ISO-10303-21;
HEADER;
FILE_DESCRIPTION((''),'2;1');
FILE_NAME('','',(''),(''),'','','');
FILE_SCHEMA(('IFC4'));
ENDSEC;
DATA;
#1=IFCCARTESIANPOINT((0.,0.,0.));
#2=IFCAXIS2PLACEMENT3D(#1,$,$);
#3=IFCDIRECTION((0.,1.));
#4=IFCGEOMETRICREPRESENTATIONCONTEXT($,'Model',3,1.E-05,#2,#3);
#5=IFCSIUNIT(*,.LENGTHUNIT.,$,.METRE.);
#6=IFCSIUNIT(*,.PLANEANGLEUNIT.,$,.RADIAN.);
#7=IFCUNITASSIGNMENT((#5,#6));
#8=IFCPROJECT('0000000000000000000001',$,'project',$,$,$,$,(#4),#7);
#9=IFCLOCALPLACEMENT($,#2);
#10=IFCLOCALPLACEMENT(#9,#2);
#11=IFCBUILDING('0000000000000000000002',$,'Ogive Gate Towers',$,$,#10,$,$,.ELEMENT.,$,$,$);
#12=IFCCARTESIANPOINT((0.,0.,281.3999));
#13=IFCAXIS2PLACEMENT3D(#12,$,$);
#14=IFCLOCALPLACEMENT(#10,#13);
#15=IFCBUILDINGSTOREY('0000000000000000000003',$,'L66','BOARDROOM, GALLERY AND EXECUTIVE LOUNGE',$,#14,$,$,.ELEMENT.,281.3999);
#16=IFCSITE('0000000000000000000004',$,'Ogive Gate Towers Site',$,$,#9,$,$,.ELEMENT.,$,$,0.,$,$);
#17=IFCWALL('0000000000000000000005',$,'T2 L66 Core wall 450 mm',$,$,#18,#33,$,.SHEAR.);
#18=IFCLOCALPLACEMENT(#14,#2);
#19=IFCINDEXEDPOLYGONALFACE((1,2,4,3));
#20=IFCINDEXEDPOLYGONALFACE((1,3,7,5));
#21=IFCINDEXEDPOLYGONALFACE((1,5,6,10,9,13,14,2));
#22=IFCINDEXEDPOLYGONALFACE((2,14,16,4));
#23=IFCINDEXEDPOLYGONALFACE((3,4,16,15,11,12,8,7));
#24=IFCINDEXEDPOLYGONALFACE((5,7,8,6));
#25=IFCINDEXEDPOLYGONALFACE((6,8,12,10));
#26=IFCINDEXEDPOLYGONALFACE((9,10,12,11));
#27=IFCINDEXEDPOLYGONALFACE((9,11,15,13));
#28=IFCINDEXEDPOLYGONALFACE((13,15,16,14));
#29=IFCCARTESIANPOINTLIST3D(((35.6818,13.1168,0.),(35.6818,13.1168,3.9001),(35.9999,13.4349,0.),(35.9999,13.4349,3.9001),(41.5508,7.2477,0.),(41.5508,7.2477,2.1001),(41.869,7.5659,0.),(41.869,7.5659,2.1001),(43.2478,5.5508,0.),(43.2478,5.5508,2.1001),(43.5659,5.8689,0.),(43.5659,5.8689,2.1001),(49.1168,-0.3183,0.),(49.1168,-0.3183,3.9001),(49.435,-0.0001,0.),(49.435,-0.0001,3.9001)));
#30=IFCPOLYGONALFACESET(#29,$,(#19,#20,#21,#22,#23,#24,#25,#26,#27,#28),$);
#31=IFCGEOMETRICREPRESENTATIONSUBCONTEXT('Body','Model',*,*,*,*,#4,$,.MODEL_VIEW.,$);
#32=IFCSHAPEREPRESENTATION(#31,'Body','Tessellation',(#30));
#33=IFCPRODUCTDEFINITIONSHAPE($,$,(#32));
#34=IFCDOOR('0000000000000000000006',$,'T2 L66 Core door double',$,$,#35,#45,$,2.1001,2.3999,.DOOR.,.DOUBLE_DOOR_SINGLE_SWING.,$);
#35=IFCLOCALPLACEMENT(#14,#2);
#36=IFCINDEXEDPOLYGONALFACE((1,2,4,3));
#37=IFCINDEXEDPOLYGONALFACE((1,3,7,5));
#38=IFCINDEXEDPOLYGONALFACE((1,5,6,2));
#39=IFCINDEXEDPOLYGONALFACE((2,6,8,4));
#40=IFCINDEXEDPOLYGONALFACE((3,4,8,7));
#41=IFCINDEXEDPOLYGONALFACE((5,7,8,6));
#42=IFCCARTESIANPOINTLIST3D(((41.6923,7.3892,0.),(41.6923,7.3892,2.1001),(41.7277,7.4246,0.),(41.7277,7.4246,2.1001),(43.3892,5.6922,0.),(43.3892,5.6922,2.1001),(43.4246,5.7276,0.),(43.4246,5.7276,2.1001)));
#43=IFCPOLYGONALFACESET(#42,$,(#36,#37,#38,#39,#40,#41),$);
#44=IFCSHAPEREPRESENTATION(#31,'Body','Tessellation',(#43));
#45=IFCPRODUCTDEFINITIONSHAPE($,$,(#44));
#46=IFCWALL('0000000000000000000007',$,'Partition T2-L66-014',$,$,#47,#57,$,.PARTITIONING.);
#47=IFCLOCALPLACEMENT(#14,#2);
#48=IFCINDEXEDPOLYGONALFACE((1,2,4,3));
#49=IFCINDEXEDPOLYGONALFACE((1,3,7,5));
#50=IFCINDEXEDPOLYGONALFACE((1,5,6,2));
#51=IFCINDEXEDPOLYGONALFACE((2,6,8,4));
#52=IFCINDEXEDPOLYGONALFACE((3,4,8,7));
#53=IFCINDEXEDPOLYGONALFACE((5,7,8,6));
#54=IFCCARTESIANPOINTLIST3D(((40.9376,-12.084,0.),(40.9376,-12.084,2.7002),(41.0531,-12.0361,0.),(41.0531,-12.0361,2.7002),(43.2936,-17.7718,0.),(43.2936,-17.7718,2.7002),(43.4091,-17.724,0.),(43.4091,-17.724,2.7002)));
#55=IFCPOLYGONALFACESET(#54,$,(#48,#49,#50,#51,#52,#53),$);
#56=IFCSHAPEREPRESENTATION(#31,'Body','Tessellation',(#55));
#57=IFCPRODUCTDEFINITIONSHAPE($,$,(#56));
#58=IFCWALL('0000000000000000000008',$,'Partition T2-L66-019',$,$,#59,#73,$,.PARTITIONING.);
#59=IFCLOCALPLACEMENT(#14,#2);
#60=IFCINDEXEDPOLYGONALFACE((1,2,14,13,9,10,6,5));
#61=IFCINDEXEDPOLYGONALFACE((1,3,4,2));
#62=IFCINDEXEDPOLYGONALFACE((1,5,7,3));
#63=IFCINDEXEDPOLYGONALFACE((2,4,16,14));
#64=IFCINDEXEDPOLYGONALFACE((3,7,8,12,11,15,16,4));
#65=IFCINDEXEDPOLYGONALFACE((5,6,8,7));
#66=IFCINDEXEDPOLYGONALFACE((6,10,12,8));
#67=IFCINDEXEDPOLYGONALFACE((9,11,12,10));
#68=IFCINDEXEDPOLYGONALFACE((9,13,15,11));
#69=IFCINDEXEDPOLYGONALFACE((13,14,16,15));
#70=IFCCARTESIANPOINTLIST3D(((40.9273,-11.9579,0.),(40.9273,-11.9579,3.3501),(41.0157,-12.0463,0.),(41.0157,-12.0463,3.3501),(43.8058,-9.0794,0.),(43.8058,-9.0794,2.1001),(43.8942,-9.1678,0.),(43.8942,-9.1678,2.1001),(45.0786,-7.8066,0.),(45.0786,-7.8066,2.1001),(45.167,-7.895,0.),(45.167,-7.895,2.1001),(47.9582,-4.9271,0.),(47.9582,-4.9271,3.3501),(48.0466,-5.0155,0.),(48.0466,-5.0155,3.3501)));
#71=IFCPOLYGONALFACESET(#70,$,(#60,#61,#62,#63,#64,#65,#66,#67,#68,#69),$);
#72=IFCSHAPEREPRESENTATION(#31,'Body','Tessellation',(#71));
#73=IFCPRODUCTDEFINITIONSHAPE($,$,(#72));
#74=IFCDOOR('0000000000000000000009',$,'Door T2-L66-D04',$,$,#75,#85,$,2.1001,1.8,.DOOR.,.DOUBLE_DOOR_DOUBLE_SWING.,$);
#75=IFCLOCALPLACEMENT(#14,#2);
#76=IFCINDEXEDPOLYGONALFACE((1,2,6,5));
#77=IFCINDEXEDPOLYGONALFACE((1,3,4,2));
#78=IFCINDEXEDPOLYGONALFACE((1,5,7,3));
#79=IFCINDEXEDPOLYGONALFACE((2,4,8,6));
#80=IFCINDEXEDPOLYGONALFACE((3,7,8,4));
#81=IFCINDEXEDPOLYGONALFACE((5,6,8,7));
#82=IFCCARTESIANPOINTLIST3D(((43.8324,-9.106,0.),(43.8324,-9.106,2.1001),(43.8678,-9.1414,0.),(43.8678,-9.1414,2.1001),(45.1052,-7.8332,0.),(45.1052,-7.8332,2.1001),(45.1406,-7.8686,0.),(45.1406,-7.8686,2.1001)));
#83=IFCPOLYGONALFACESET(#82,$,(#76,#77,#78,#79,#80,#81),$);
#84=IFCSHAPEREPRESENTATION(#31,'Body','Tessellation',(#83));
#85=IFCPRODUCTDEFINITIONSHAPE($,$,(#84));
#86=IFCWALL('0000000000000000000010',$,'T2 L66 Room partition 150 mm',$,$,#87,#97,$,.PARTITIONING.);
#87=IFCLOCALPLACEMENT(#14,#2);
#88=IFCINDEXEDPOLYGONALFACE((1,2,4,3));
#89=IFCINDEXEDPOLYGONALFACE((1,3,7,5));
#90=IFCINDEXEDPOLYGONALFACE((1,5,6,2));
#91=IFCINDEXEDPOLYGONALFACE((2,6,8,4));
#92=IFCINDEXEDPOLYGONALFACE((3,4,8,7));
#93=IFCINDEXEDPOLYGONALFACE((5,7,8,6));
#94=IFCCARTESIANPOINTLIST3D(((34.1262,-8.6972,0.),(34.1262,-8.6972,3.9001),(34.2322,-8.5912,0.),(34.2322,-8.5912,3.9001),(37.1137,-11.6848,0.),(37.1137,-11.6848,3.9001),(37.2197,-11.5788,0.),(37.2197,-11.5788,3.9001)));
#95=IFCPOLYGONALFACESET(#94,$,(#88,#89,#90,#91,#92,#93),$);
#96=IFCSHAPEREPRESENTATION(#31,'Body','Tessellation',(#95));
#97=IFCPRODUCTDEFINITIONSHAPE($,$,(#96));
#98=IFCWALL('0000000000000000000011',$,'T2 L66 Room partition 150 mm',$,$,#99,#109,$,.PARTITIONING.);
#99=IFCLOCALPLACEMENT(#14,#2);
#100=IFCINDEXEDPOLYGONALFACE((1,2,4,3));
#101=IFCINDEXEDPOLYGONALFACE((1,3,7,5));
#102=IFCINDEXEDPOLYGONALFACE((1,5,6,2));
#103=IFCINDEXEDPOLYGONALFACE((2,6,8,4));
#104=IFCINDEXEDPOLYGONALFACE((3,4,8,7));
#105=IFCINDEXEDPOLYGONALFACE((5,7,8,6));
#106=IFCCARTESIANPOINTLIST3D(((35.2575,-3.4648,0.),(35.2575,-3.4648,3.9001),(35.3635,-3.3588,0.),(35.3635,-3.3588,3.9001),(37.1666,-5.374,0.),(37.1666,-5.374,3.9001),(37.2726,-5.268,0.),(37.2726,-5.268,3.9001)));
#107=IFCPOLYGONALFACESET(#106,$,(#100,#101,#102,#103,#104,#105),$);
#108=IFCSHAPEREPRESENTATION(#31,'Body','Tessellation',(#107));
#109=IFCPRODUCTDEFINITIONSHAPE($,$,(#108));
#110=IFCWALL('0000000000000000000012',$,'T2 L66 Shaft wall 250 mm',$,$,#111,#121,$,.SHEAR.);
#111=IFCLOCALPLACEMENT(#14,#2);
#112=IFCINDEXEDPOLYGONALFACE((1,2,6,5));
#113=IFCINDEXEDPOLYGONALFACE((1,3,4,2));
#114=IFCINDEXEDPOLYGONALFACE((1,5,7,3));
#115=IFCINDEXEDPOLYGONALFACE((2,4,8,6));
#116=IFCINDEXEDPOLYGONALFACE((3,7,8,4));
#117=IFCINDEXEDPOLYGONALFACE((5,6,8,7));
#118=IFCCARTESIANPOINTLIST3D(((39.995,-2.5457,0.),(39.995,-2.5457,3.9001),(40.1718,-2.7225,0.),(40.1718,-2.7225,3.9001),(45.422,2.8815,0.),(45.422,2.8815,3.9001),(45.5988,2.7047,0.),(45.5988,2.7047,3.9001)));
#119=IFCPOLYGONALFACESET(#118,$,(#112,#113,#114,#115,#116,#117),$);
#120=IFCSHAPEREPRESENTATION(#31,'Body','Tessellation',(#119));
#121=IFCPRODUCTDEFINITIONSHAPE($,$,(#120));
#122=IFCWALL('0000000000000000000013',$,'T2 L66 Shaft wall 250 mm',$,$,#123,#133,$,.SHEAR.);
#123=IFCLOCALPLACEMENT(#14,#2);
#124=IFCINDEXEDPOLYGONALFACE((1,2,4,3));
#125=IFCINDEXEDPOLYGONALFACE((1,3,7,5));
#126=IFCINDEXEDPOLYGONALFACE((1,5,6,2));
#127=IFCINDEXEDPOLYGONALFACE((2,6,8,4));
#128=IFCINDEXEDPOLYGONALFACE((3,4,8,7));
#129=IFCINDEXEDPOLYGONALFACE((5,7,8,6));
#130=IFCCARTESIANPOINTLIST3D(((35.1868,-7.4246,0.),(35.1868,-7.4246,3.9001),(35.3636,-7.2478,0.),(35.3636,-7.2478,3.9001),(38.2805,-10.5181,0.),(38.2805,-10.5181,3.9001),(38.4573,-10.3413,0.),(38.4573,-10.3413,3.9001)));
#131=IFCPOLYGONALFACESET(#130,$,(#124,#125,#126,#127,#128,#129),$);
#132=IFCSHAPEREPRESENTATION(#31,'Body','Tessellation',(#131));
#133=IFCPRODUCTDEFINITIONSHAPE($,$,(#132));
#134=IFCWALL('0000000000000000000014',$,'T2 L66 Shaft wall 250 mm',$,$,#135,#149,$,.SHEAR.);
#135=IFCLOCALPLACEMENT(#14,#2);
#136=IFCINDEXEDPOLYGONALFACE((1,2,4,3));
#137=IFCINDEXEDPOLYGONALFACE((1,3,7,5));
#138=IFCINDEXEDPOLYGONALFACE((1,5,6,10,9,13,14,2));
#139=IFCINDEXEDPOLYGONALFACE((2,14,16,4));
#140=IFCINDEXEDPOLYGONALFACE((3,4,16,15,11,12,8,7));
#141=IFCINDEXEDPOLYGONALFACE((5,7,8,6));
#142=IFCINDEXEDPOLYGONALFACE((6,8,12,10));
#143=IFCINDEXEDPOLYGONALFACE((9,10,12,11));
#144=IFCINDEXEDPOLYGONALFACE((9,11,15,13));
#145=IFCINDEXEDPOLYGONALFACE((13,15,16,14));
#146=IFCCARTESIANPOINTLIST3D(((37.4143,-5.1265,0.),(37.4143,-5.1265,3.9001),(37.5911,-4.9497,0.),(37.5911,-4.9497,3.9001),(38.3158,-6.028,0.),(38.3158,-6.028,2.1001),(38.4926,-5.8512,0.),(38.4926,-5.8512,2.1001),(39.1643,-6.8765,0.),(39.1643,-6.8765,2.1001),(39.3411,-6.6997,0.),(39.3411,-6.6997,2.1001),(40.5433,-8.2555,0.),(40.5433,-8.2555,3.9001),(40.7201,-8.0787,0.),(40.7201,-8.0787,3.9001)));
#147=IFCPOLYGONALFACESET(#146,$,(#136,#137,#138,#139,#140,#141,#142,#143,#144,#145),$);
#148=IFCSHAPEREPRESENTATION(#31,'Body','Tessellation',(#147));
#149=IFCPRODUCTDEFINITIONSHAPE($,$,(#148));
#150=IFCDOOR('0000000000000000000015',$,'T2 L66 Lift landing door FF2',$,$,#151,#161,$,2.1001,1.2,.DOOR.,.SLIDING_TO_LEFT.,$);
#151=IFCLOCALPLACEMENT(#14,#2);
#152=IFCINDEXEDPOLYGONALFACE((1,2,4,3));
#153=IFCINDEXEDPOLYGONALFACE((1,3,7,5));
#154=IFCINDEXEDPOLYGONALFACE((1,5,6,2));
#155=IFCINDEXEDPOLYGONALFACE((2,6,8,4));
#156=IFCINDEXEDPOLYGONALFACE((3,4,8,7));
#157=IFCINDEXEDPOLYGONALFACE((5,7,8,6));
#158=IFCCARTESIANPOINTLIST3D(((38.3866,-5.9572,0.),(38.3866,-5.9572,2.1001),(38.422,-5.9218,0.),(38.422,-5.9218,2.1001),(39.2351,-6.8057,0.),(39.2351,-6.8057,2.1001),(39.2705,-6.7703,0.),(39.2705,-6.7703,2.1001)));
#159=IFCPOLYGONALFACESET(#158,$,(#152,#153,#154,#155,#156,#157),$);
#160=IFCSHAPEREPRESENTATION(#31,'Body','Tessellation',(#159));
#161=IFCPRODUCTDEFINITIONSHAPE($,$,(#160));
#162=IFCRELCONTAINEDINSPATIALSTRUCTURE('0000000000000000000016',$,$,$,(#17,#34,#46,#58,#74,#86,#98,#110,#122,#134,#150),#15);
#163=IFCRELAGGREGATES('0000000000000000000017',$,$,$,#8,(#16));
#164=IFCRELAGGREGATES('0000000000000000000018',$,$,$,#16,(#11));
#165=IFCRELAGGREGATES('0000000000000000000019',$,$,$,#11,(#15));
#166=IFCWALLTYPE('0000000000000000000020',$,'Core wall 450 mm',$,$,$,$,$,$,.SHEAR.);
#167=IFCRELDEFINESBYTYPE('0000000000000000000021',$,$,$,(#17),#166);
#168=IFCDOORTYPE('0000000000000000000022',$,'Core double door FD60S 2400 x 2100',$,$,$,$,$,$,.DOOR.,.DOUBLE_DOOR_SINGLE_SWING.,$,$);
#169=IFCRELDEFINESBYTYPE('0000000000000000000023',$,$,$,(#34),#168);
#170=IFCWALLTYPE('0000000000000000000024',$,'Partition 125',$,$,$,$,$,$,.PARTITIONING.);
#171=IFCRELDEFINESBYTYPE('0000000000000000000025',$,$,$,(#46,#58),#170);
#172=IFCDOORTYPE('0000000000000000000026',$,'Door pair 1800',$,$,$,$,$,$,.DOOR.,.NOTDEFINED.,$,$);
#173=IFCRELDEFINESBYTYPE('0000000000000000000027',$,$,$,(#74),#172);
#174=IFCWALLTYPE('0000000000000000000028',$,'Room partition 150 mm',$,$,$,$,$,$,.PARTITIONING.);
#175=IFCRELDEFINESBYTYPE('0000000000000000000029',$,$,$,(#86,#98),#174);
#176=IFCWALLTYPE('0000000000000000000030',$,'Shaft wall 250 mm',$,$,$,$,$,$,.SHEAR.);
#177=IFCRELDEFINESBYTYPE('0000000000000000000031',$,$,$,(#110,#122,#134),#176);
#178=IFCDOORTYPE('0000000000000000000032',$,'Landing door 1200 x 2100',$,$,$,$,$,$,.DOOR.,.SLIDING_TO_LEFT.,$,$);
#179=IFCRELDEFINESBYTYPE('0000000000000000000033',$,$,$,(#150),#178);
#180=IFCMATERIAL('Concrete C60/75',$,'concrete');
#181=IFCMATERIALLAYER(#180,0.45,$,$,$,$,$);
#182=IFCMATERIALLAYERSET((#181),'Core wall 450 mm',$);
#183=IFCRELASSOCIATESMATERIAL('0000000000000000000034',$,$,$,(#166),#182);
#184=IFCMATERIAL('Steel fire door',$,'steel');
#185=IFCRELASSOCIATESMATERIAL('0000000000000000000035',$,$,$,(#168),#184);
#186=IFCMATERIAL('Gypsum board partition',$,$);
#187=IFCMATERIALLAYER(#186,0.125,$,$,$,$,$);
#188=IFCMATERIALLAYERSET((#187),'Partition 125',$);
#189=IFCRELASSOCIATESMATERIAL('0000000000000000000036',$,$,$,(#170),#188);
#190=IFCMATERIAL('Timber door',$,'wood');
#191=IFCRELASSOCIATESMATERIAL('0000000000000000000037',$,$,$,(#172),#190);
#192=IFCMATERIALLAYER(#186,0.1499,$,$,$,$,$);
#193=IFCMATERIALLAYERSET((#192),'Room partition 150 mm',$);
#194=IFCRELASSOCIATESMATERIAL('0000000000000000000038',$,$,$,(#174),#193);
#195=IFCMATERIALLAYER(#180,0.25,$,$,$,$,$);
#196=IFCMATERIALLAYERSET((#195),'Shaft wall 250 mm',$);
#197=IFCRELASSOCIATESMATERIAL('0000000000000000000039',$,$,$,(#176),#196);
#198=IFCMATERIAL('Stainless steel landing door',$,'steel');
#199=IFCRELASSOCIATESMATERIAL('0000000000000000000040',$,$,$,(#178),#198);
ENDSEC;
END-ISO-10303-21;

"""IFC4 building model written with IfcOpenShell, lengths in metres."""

from ifc_helpers import new_model, si_unit, direction, frame, frame_2d, origin, place, context, subcontext, project, spatial, rectangle, extrude, material, layer, layer_set, type_object, element, fill, save


model = new_model("IFC4")

# Units and contexts
model_context = context("Model", 3, precision=1e-05, world=origin(), true_north=direction((0.0, 1.0)))
body_context = subcontext(model_context, "Body", "Model", "MODEL_VIEW")
ifc_project = project(units=[si_unit("LENGTHUNIT", "METRE"), si_unit("PLANEANGLEUNIT", "RADIAN")], contexts=[model_context])

# Site, building, storey
site_placement = place(None, origin())
site = spatial("IfcSite", under=ifc_project, at=site_placement, Name="Ogive Gate Towers Site", CompositionType="ELEMENT", RefElevation=0.0)
building_placement = place(site_placement, origin())
building = spatial("IfcBuilding", under=site, at=building_placement, Name="Ogive Gate Towers", CompositionType="ELEMENT")
storey_placement = place(building_placement, frame((0.0, 0.0, 281.3999)))
storey = spatial("IfcBuildingStorey", under=building, at=storey_placement, Name="L66", Description="BOARDROOM, GALLERY AND EXECUTIVE LOUNGE", CompositionType="ELEMENT", Elevation=281.3999)

# Shared definitions
ifc_material_1 = material(Name="Timber door", Category="wood")

# Wall, opening, door
ifc_material_2 = material(Name="Concrete C60/75", Category="concrete")
ifc_layer_1 = layer(ifc_material_2, 0.45)
ifc_layer_set_1 = layer_set([ifc_layer_1], Name="Core wall 450 mm")
wall_type_1 = type_object("IfcWallType", Name="Core wall 450 mm", PredefinedType="SHEAR", material=ifc_layer_set_1)
wall_1_placement = place(storey_placement, frame((49.2759, -0.1592, 0.0), z_axis=(0.0, 0.0, 1.0), x_axis=(-0.707107, 0.707107, 0.0)))
wall_1 = element("IfcWall", 1, at=wall_1_placement, inside=storey, type_object=wall_type_1, Name="T2 L66 Core wall 450 mm", PredefinedType="SHEAR", context=body_context, shape_type="SweptSolid", body=[
    extrude(rectangle(XDim=19.0, YDim=0.45, at=frame_2d((9.5, 0.0))), origin(), (0.0, 0.0, 1.0), 3.9001),
])
opening_1_placement = place(wall_1_placement, frame((8.3, 0.0, 0.0)))
opening_1 = element("IfcOpeningElement", 2, at=opening_1_placement, cuts=wall_1, PredefinedType="OPENING", context=body_context, shape_type="SweptSolid", body=[
    extrude(rectangle(XDim=2.3999, YDim=2.1001, at=frame_2d((1.2, 1.05))), frame((0.0, 0.2349, 0.0), z_axis=(0.0, -1.0, 0.0), x_axis=(1.0, 0.0, 0.0)), (0.0, 0.0, 1.0), 0.47),
])
ifc_material_3 = material(Name="Steel fire door", Category="steel")
door_type_1 = type_object("IfcDoorType", Name="Core double door FD60S 2400 x 2100", OperationType="DOUBLE_DOOR_SINGLE_SWING", PredefinedType="DOOR", material=ifc_material_3)
door_1_placement = place(opening_1_placement, origin())
door_1 = element("IfcDoor", 3, at=door_1_placement, inside=storey, type_object=door_type_1, Name="T2 L66 Core door double", OperationType="DOUBLE_DOOR_SINGLE_SWING", OverallHeight=2.1001, OverallWidth=2.3999, PredefinedType="DOOR", context=body_context, shape_type="SweptSolid", body=[
    extrude(rectangle(XDim=2.3999, YDim=2.1001, at=frame_2d((1.2, 1.05))), frame((0.0, 0.0249, 0.0), z_axis=(0.0, -1.0, 0.0), x_axis=(1.0, 0.0, 0.0)), (0.0, 0.0, 1.0), 0.05),
])
fill(opening_1, door_1)

# Wall
ifc_material_4 = material(Name="Gypsum board partition")
ifc_layer_2 = layer(ifc_material_4, 0.125)
ifc_layer_set_2 = layer_set([ifc_layer_2], Name="Partition 125")
wall_type_2 = type_object("IfcWallType", Name="Partition 125", PredefinedType="PARTITIONING", material=ifc_layer_set_2)
wall_2_placement = place(storey_placement, frame((43.3513, -17.7478, 0.0), z_axis=(0.0, 0.0, 1.0), x_axis=(-0.382686, 0.923879, 0.0)))
element("IfcWall", 4, at=wall_2_placement, inside=storey, type_object=wall_type_2, Name="Partition T2-L66-014", PredefinedType="PARTITIONING", context=body_context, shape_type="SweptSolid", body=[
    extrude(rectangle(XDim=6.1565, YDim=0.125, at=frame_2d((3.0781, 0.0))), origin(), (0.0, 0.0, 1.0), 2.7002),
])

# Wall, opening, door
wall_3_placement = place(storey_placement, frame((40.9714, -12.0022, 0.0), z_axis=(0.0, 0.0, 1.0), x_axis=(0.707107, 0.707107, 0.0)))
wall_3 = element("IfcWall", 5, at=wall_3_placement, inside=storey, type_object=wall_type_2, Name="Partition T2-L66-019", PredefinedType="PARTITIONING", context=body_context, shape_type="SweptSolid", body=[
    extrude(rectangle(XDim=9.9431, YDim=0.125, at=frame_2d((4.9717, 0.0))), origin(), (0.0, 0.0, 1.0), 3.3501),
])
opening_2_placement = place(wall_3_placement, frame((4.071, 0.0, 0.0)))
opening_2 = element("IfcOpeningElement", 6, at=opening_2_placement, cuts=wall_3, PredefinedType="OPENING", context=body_context, shape_type="SweptSolid", body=[
    extrude(rectangle(XDim=1.8, YDim=2.1001, at=frame_2d((0.8999, 1.05))), frame((0.0, 0.0725, 0.0), z_axis=(0.0, -1.0, 0.0), x_axis=(1.0, 0.0, 0.0)), (0.0, 0.0, 1.0), 0.145),
])
door_type_2 = type_object("IfcDoorType", Name="Door pair 1800", OperationType="NOTDEFINED", PredefinedType="DOOR", material=ifc_material_1)
door_2_placement = place(opening_2_placement, origin())
door_2 = element("IfcDoor", 7, at=door_2_placement, inside=storey, type_object=door_type_2, Name="Door T2-L66-D04", OperationType="DOUBLE_DOOR_DOUBLE_SWING", OverallHeight=2.1001, OverallWidth=1.8, PredefinedType="DOOR", context=body_context, shape_type="SweptSolid", body=[
    extrude(rectangle(XDim=1.8, YDim=2.1001, at=frame_2d((0.8999, 1.05))), frame((0.0, 0.0249, 0.0), z_axis=(0.0, -1.0, 0.0), x_axis=(1.0, 0.0, 0.0)), (0.0, 0.0, 1.0), 0.05),
])
fill(opening_2, door_2)

# Walls
ifc_layer_3 = layer(ifc_material_4, 0.1499)
ifc_layer_set_3 = layer_set([ifc_layer_3], Name="Room partition 150 mm")
wall_type_3 = type_object("IfcWallType", Name="Room partition 150 mm", PredefinedType="PARTITIONING", material=ifc_layer_set_3)
wall_4_placement = place(storey_placement, frame((37.1667, -11.6318, 0.0), z_axis=(0.0, 0.0, 1.0), x_axis=(-0.707107, 0.707107, 0.0)))
element("IfcWall", 8, at=wall_4_placement, inside=storey, type_object=wall_type_3, Name="T2 L66 Room partition 150 mm", PredefinedType="PARTITIONING", context=body_context, shape_type="SweptSolid", body=[
    extrude(rectangle(XDim=4.2251, YDim=0.1499, at=frame_2d((2.1125, 0.0))), origin(), (0.0, 0.0, 1.0), 3.9001),
])
wall_5_placement = place(storey_placement, frame((37.2197, -5.321, 0.0), z_axis=(0.0, 0.0, 1.0), x_axis=(-0.707107, 0.707107, 0.0)))
element("IfcWall", 9, at=wall_5_placement, inside=storey, type_object=wall_type_3, Name="T2 L66 Room partition 150 mm", PredefinedType="PARTITIONING", context=body_context, shape_type="SweptSolid", body=[
    extrude(rectangle(XDim=2.7, YDim=0.1499, at=frame_2d((1.3501, 0.0))), origin(), (0.0, 0.0, 1.0), 3.9001),
])
ifc_layer_4 = layer(ifc_material_2, 0.25)
ifc_layer_set_4 = layer_set([ifc_layer_4], Name="Shaft wall 250 mm")
wall_type_4 = type_object("IfcWallType", Name="Shaft wall 250 mm", PredefinedType="SHEAR", material=ifc_layer_set_4)
wall_6_placement = place(storey_placement, frame((40.0835, -2.634, 0.0), z_axis=(0.0, 0.0, 1.0), x_axis=(0.707091, 0.707123, 0.0)))
element("IfcWall", 10, at=wall_6_placement, inside=storey, type_object=wall_type_4, Name="T2 L66 Shaft wall 250 mm", PredefinedType="SHEAR", context=body_context, shape_type="SweptSolid", body=[
    extrude(rectangle(XDim=7.675, YDim=0.25, at=frame_2d((3.8374, 0.0))), origin(), (0.0, 0.0, 1.0), 3.9001),
])
wall_7_placement = place(storey_placement, frame((38.3689, -10.4297, 0.0), z_axis=(0.0, 0.0, 1.0), x_axis=(-0.707135, 0.707079, 0.0)))
element("IfcWall", 11, at=wall_7_placement, inside=storey, type_object=wall_type_4, Name="T2 L66 Shaft wall 250 mm", PredefinedType="SHEAR", context=body_context, shape_type="SweptSolid", body=[
    extrude(rectangle(XDim=4.375, YDim=0.25, at=frame_2d((2.1875, 0.0))), origin(), (0.0, 0.0, 1.0), 3.9001),
])

# Wall, opening, door
wall_8_placement = place(storey_placement, frame((40.6316, -8.167, 0.0), z_axis=(0.0, 0.0, 1.0), x_axis=(-0.707107, 0.707107, 0.0)))
wall_8 = element("IfcWall", 12, at=wall_8_placement, inside=storey, type_object=wall_type_4, Name="T2 L66 Shaft wall 250 mm", PredefinedType="SHEAR", context=body_context, shape_type="SweptSolid", body=[
    extrude(rectangle(XDim=4.425, YDim=0.25, at=frame_2d((2.2124, 0.0))), origin(), (0.0, 0.0, 1.0), 3.9001),
])
opening_3_placement = place(wall_8_placement, frame((1.95, 0.0, 0.0)))
opening_3 = element("IfcOpeningElement", 13, at=opening_3_placement, cuts=wall_8, PredefinedType="OPENING", context=body_context, shape_type="SweptSolid", body=[
    extrude(rectangle(XDim=1.2, YDim=2.1001, at=frame_2d((0.6001, 1.05))), frame((0.0, 0.135, 0.0), z_axis=(0.0, -1.0, 0.0), x_axis=(1.0, 0.0, 0.0)), (0.0, 0.0, 1.0), 0.27),
])
ifc_material_5 = material(Name="Stainless steel landing door", Category="steel")
door_type_3 = type_object("IfcDoorType", Name="Landing door 1200 x 2100", OperationType="SLIDING_TO_LEFT", PredefinedType="DOOR", material=ifc_material_5)
door_3_placement = place(opening_3_placement, origin())
door_3 = element("IfcDoor", 14, at=door_3_placement, inside=storey, type_object=door_type_3, Name="T2 L66 Lift landing door FF2", OperationType="SLIDING_TO_LEFT", OverallHeight=2.1001, OverallWidth=1.2, PredefinedType="DOOR", context=body_context, shape_type="SweptSolid", body=[
    extrude(rectangle(XDim=1.2, YDim=2.1001, at=frame_2d((0.6001, 1.05))), frame((0.0, 0.0249, 0.0), z_axis=(0.0, -1.0, 0.0), x_axis=(1.0, 0.0, 0.0)), (0.0, 0.0, 1.0), 0.05),
])
fill(opening_3, door_3)

save(model, "model.ifc")
